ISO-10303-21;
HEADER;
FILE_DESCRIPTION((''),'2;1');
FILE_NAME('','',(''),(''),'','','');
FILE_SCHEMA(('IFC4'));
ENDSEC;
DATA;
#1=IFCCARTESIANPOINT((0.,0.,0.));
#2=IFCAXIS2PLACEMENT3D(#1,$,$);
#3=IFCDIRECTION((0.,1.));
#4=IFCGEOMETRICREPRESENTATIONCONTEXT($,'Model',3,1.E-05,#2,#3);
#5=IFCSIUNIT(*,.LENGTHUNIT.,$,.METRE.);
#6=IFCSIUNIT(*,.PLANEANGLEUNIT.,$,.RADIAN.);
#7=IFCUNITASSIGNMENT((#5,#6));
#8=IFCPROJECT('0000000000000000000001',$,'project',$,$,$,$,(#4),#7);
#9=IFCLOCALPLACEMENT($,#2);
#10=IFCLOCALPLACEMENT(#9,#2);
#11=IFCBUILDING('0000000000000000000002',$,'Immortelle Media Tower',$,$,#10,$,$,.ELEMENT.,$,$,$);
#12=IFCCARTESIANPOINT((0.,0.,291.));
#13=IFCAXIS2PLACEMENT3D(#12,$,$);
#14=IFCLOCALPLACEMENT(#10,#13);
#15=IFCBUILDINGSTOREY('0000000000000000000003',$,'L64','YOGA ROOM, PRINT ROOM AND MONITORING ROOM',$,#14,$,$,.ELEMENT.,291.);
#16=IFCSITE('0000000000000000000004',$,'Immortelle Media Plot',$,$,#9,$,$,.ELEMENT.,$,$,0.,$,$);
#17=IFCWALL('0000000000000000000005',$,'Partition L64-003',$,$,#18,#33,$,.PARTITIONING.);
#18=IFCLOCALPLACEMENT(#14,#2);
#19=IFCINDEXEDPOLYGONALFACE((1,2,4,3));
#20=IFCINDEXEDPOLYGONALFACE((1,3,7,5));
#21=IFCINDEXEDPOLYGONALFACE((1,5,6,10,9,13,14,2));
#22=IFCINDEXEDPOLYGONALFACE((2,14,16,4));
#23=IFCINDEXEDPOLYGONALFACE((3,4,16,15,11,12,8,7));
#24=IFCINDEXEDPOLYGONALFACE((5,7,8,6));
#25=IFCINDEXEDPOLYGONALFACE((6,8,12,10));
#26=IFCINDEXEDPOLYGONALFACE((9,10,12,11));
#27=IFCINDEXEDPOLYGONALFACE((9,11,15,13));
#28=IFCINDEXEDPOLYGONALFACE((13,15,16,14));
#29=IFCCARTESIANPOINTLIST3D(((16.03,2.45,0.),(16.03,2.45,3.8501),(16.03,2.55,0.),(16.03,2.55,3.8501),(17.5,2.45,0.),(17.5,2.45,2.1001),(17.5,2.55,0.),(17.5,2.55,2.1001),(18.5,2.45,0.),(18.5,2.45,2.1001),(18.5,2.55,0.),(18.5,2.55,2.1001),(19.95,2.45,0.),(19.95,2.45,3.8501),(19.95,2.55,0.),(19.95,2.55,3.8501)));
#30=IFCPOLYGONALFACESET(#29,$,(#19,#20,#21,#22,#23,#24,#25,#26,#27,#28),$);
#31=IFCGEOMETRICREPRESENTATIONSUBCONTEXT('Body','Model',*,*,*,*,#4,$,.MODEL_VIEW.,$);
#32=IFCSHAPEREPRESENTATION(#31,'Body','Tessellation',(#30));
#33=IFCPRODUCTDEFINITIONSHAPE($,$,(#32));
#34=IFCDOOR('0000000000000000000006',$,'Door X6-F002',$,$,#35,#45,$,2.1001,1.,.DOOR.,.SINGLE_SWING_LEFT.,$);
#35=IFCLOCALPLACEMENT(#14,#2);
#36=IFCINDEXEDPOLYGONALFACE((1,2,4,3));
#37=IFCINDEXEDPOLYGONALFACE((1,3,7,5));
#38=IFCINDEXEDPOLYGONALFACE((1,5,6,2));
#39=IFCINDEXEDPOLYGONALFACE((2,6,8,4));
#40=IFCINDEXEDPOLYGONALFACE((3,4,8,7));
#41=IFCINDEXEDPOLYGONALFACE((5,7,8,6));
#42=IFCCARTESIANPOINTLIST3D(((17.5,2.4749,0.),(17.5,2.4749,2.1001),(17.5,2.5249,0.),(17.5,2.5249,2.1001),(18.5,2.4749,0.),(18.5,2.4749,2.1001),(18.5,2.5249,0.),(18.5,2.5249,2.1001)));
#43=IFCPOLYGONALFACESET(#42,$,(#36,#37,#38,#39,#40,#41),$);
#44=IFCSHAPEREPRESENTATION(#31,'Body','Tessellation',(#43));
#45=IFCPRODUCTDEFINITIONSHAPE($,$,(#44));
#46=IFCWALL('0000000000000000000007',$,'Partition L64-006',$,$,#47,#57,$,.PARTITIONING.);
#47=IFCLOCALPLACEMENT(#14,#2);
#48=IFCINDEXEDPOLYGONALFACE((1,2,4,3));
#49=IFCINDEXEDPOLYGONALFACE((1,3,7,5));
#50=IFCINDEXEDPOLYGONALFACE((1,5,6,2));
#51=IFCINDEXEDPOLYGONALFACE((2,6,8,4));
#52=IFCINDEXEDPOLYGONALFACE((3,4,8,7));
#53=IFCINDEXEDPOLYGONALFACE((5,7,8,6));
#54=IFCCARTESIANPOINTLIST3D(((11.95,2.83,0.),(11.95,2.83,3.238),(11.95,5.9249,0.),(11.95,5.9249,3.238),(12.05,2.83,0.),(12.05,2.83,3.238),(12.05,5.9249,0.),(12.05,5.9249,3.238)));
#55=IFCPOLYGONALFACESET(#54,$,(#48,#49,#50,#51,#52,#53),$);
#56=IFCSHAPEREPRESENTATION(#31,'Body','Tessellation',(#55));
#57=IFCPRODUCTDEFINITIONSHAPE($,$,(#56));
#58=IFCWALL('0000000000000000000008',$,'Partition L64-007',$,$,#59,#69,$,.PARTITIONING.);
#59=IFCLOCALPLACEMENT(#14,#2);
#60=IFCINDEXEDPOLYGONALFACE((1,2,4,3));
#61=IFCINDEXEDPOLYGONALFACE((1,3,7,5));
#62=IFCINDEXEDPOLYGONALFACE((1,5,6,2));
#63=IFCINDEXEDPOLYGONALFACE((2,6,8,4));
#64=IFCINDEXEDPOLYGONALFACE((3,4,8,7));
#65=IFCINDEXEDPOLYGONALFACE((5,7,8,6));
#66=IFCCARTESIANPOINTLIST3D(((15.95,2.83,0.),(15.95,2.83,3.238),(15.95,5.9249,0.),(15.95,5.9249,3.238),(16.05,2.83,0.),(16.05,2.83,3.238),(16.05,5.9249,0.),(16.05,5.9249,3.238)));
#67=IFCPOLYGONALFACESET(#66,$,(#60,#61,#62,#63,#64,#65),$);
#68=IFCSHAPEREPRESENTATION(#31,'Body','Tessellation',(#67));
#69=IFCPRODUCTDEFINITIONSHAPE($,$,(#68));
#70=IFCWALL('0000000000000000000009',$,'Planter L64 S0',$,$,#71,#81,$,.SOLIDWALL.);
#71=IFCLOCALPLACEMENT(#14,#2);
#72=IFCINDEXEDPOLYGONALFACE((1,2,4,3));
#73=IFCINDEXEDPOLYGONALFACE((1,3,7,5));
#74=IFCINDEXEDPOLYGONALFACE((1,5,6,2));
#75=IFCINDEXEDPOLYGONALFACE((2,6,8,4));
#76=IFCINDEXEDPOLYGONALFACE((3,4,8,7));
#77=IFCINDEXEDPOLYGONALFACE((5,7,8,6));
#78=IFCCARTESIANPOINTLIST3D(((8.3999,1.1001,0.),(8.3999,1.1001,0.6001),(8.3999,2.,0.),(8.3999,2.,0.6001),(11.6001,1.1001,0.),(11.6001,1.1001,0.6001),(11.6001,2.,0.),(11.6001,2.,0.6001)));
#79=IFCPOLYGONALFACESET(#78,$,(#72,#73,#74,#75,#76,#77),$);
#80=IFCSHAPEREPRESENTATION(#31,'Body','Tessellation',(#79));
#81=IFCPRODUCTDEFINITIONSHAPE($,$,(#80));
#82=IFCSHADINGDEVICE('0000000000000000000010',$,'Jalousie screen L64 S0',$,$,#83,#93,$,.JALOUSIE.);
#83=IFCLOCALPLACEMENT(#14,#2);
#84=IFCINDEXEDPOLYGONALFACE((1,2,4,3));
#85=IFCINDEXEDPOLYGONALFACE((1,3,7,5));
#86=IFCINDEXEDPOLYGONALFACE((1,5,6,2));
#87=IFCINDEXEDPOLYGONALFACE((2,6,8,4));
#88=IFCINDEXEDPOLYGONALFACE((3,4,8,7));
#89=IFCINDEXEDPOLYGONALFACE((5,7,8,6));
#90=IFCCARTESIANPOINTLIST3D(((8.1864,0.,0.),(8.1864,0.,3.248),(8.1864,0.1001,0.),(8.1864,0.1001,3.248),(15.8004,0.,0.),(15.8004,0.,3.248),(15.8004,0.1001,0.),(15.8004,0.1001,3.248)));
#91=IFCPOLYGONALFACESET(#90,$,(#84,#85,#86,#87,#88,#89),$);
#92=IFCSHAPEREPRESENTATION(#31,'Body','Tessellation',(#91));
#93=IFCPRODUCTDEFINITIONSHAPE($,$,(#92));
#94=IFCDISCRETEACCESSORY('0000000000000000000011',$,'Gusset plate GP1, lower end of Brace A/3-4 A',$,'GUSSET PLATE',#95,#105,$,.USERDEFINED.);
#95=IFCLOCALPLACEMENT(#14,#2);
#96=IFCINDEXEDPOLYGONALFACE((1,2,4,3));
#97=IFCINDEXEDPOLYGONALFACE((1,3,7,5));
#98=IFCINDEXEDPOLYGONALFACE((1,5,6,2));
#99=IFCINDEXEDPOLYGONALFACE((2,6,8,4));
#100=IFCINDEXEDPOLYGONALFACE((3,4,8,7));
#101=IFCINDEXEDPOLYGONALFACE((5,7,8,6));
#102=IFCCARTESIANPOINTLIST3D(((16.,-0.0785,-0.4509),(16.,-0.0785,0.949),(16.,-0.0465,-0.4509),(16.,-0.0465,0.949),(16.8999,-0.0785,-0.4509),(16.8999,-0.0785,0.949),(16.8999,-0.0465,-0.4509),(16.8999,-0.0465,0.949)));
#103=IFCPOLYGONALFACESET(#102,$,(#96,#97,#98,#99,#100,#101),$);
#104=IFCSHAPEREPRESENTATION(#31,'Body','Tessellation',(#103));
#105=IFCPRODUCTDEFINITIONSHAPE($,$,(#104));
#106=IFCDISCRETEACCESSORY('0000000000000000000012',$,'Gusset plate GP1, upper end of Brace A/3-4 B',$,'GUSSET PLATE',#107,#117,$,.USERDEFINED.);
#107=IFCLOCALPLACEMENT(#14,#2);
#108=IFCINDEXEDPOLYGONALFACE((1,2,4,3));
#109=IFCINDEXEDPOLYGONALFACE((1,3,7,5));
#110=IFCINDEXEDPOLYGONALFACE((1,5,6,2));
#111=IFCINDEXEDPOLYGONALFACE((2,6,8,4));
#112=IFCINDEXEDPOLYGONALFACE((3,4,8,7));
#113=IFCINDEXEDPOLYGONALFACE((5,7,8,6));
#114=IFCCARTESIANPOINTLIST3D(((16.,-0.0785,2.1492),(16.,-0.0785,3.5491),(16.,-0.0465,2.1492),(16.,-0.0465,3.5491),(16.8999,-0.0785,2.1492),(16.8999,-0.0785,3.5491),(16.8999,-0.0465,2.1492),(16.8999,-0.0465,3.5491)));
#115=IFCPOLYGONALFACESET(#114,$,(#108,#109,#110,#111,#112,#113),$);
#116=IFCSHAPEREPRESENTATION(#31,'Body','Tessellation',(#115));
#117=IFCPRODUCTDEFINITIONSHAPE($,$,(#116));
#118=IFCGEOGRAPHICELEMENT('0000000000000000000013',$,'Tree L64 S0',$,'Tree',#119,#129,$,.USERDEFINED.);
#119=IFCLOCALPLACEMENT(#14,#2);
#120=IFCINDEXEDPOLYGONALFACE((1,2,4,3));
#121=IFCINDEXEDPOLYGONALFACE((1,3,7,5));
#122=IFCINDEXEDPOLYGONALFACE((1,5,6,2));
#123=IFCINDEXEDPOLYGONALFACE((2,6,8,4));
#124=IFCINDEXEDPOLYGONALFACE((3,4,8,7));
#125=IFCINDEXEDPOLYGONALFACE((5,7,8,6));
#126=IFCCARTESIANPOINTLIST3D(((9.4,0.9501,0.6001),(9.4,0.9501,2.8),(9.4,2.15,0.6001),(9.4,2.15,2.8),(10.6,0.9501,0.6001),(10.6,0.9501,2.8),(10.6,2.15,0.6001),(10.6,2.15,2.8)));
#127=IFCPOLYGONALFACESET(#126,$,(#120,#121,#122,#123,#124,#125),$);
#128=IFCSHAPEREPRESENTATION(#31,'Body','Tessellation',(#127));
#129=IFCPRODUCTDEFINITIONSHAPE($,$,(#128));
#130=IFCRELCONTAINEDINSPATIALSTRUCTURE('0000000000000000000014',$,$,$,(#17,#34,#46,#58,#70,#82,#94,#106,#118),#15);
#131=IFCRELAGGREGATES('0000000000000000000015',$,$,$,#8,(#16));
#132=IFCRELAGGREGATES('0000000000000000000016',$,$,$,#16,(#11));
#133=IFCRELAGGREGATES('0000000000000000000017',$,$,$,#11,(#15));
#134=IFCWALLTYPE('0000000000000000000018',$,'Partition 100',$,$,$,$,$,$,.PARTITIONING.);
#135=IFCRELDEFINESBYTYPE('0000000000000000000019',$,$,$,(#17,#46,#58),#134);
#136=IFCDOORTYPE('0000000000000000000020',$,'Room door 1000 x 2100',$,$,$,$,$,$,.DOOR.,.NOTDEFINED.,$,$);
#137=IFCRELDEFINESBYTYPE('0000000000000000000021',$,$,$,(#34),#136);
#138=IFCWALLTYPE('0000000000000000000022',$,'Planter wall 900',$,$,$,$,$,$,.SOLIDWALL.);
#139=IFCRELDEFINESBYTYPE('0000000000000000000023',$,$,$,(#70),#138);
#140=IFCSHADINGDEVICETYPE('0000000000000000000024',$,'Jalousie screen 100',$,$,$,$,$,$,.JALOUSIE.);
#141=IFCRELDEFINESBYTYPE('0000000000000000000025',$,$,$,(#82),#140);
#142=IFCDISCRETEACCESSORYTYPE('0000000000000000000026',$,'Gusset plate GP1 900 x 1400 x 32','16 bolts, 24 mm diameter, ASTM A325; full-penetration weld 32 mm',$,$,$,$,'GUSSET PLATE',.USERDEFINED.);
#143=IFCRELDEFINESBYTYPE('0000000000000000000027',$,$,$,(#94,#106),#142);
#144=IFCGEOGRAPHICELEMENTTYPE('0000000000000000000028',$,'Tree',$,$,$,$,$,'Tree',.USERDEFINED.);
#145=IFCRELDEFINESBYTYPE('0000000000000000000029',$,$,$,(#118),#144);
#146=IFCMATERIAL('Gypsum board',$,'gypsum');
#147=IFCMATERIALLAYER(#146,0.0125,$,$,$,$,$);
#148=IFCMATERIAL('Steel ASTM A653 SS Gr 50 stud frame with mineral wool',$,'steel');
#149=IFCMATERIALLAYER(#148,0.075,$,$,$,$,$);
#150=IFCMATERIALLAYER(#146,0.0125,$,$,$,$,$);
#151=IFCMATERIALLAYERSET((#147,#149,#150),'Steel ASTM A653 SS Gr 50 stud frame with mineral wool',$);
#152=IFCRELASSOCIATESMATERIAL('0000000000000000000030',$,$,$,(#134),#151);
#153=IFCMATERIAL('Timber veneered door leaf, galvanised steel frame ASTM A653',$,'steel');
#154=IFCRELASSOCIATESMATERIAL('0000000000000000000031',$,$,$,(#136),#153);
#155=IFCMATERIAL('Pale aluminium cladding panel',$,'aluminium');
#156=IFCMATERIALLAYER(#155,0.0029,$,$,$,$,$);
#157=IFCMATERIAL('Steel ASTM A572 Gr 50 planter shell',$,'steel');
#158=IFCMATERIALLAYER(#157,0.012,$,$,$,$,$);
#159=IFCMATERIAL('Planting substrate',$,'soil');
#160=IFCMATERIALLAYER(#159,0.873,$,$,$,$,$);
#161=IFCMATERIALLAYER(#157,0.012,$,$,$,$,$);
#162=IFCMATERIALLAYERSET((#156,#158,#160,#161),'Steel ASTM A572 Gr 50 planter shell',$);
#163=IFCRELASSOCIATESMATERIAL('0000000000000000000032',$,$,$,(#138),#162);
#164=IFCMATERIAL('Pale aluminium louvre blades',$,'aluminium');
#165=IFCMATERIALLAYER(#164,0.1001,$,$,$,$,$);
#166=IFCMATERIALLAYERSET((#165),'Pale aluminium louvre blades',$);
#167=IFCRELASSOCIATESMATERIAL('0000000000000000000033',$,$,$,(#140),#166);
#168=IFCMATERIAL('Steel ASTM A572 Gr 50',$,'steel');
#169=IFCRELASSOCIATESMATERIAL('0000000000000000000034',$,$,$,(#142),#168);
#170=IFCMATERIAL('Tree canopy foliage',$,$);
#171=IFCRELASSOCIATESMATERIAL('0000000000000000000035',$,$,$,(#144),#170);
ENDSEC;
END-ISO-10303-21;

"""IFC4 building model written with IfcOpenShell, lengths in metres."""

from ifc_helpers import new_model, si_unit, direction, frame, frame_2d, origin, origin_2d, place, context, subcontext, project, spatial, rectangle, extrude, material, layer, layer_set, material_profile, profile_set, type_object, element, fill, save


model = new_model("IFC4")

# Units and contexts
model_context = context("Model", 3, precision=1e-05, world=origin(), true_north=direction((0.0, 1.0)))
body_context = subcontext(model_context, "Body", "Model", "MODEL_VIEW")
ifc_project = project(units=[si_unit("LENGTHUNIT", "METRE"), si_unit("PLANEANGLEUNIT", "RADIAN")], contexts=[model_context])

# Site, building, storey
site_placement = place(None, origin())
site = spatial("IfcSite", under=ifc_project, at=site_placement, Name="Immortelle Media Plot", CompositionType="ELEMENT", RefElevation=0.0)
building_placement = place(site_placement, origin())
building = spatial("IfcBuilding", under=site, at=building_placement, Name="Immortelle Media Tower", CompositionType="ELEMENT")
storey_placement = place(building_placement, frame((0.0, 0.0, 291.0)))
storey = spatial("IfcBuildingStorey", under=building, at=storey_placement, Name="L64", Description="YOGA ROOM, PRINT ROOM AND MONITORING ROOM", CompositionType="ELEMENT", Elevation=291.0)

# Shared definitions
ifc_material_1 = material(Name="Pale aluminium cladding panel", Category="aluminium")
ifc_material_2 = material(Name="Steel ASTM A653 SS Gr 50 stud frame with mineral wool", Category="steel")

# Wall, opening, door
ifc_material_3 = material(Name="Gypsum board", Category="gypsum")
ifc_layer_1 = layer(ifc_material_3, 0.0125)
ifc_layer_2 = layer(ifc_material_2, 0.075)
ifc_layer_3 = layer(ifc_material_3, 0.0125)
ifc_layer_set_1 = layer_set([ifc_layer_1, ifc_layer_2, ifc_layer_3], Name="Steel ASTM A653 SS Gr 50 stud frame with mineral wool")
wall_type_1 = type_object("IfcWallType", Name="Partition 100", PredefinedType="PARTITIONING", material=ifc_layer_set_1)
wall_1_placement = place(storey_placement, frame((16.03, 2.5, 0.0), z_axis=(0.0, 0.0, 1.0), x_axis=(1.0, 0.0, 0.0)))
wall_1 = element("IfcWall", 1, at=wall_1_placement, inside=storey, type_object=wall_type_1, Name="Partition L64-003", PredefinedType="PARTITIONING", context=body_context, shape_type="SweptSolid", body=[
    extrude(rectangle(XDim=3.9199, YDim=0.1001, at=frame_2d((1.96, 0.0))), origin(), (0.0, 0.0, 1.0), 3.8501),
])
opening_1_placement = place(wall_1_placement, frame((1.47, 0.0, 0.0)))
opening_1 = element("IfcOpeningElement", 2, at=opening_1_placement, cuts=wall_1, PredefinedType="OPENING", context=body_context, shape_type="SweptSolid", body=[
    extrude(rectangle(XDim=1.0, YDim=2.1001, at=frame_2d((0.5, 1.05))), frame((0.0, 0.0601, 0.0), z_axis=(0.0, -1.0, 0.0), x_axis=(1.0, 0.0, 0.0)), (0.0, 0.0, 1.0), 0.1201),
])
ifc_material_4 = material(Name="Timber veneered door leaf, galvanised steel frame ASTM A653", Category="steel")
door_type_1 = type_object("IfcDoorType", Name="Room door 1000 x 2100", OperationType="NOTDEFINED", PredefinedType="DOOR", material=ifc_material_4)
door_1_placement = place(opening_1_placement, origin())
door_1 = element("IfcDoor", 3, at=door_1_placement, inside=storey, type_object=door_type_1, Name="Door X6-F002", OperationType="SINGLE_SWING_LEFT", OverallHeight=2.1001, OverallWidth=1.0, PredefinedType="DOOR", context=body_context, shape_type="SweptSolid", body=[
    extrude(rectangle(XDim=1.0, YDim=2.1001, at=frame_2d((0.5, 1.05))), frame((0.0, 0.0249, 0.0), z_axis=(0.0, -1.0, 0.0), x_axis=(1.0, 0.0, 0.0)), (0.0, 0.0, 1.0), 0.05),
])
fill(opening_1, door_1)

# Walls
for number, where, z_axis, x_axis, name in (
    (4, (12.0, 2.8301, 0.0), (0.0, 0.0, 1.0), (0.0, 1.0, 0.0), "Partition L64-006"),
    (5, (16.0, 2.8301, 0.0), (0.0, 0.0, 1.0), (0.0, 1.0, 0.0), "Partition L64-007"),
):
    element("IfcWall", number, at=place(storey_placement, frame(where, z_axis=z_axis, x_axis=x_axis)), inside=storey, type_object=wall_type_1, Name=name, PredefinedType="PARTITIONING", context=body_context, shape_type="SweptSolid", body=[
        extrude(rectangle(XDim=3.095, YDim=0.1001, at=frame_2d((1.5474, 0.0))), origin(), (0.0, 0.0, 1.0), 3.238),
    ])
ifc_layer_4 = layer(ifc_material_1, 0.0029)
ifc_material_5 = material(Name="Steel ASTM A572 Gr 50 planter shell", Category="steel")
ifc_layer_5 = layer(ifc_material_5, 0.012)
ifc_material_6 = material(Name="Planting substrate", Category="soil")
ifc_layer_6 = layer(ifc_material_6, 0.873)
ifc_layer_7 = layer(ifc_material_5, 0.012)
ifc_layer_set_2 = layer_set([ifc_layer_4, ifc_layer_5, ifc_layer_6, ifc_layer_7], Name="Steel ASTM A572 Gr 50 planter shell")
wall_type_2 = type_object("IfcWallType", Name="Planter wall 900", PredefinedType="SOLIDWALL", material=ifc_layer_set_2)
wall_2_placement = place(storey_placement, frame((8.3999, 1.55, 0.0), z_axis=(0.0, 0.0, 1.0), x_axis=(1.0, 0.0, 0.0)))
element("IfcWall", 6, at=wall_2_placement, inside=storey, type_object=wall_type_2, Name="Planter L64 S0", PredefinedType="SOLIDWALL", context=body_context, shape_type="SweptSolid", body=[
    extrude(rectangle(XDim=3.2002, YDim=0.8999, at=frame_2d((1.6001, 0.0))), origin(), (0.0, 0.0, 1.0), 0.6001),
])

# Shading device
ifc_material_7 = material(Name="Pale aluminium louvre blades", Category="aluminium")
ifc_layer_8 = layer(ifc_material_7, 0.1001)
ifc_layer_set_3 = layer_set([ifc_layer_8], Name="Pale aluminium louvre blades")
shading_device_type = type_object("IfcShadingDeviceType", Name="Jalousie screen 100", PredefinedType="JALOUSIE", material=ifc_layer_set_3)
shading_device_placement = place(storey_placement, frame((11.9934, 0.05, 0.0), z_axis=(0.0, 0.0, 1.0), x_axis=(1.0, 0.0, 0.0)))
element("IfcShadingDevice", 7, at=shading_device_placement, inside=storey, type_object=shading_device_type, Name="Jalousie screen L64 S0", PredefinedType="JALOUSIE", context=body_context, shape_type="SweptSolid", body=[
    extrude(rectangle(XDim=7.614, YDim=0.1001, at=origin_2d()), origin(), (0.0, 0.0, 1.0), 3.248),
])

# Discrete accessories
ifc_material_8 = material(Name="Steel ASTM A572 Gr 50", Category="steel")
ifc_material_profile_1 = material_profile(ifc_material_8, rectangle(XDim=0.032, YDim=1.3999, at=origin_2d()), Name="PL 32 x 1400")
ifc_profile_set_1 = profile_set([ifc_material_profile_1], Name="Steel ASTM A572 Gr 50")
discrete_accessory_type = type_object("IfcDiscreteAccessoryType", Name="Gusset plate GP1 900 x 1400 x 32", Description="16 bolts, 24 mm diameter, ASTM A325; full-penetration weld 32 mm", ElementType="GUSSET PLATE", PredefinedType="USERDEFINED", material=ifc_profile_set_1)
for number, where, z_axis, x_axis, name in (
    (8, (16.0, -0.0625, 0.249), (1.0, 0.0, 0.0), (0.0, 1.0, 0.0), "Gusset plate GP1, lower end of Brace A/3-4 A"),
    (9, (16.0, -0.0625, 2.8491), (1.0, 0.0, 0.0), (0.0, 1.0, 0.0), "Gusset plate GP1, upper end of Brace A/3-4 B"),
):
    element("IfcDiscreteAccessory", number, at=place(storey_placement, frame(where, z_axis=z_axis, x_axis=x_axis)), inside=storey, type_object=discrete_accessory_type, Name=name, ObjectType="GUSSET PLATE", PredefinedType="USERDEFINED", context=body_context, shape_type="SweptSolid", body=[
        extrude(rectangle(XDim=0.032, YDim=1.3999, at=origin_2d()), origin(), (0.0, 0.0, 1.0), 0.8999),
    ])

# Geographic element
ifc_material_9 = material(Name="Tree canopy foliage")
geographic_element_type = type_object("IfcGeographicElementType", Name="Tree", ElementType="Tree", PredefinedType="USERDEFINED", material=ifc_material_9)
geographic_element_placement = place(storey_placement, frame((10.0, 1.55, 0.6001), z_axis=(0.0, 0.0, 1.0), x_axis=(1.0, 0.0, 0.0)))
element("IfcGeographicElement", 10, at=geographic_element_placement, inside=storey, type_object=geographic_element_type, Name="Tree L64 S0", ObjectType="Tree", PredefinedType="USERDEFINED", context=body_context, shape_type="SweptSolid", body=[
    extrude(rectangle(XDim=1.2, YDim=1.2, at=origin_2d()), origin(), (0.0, 0.0, 1.0), 2.2),
])

save(model, "model.ifc")
